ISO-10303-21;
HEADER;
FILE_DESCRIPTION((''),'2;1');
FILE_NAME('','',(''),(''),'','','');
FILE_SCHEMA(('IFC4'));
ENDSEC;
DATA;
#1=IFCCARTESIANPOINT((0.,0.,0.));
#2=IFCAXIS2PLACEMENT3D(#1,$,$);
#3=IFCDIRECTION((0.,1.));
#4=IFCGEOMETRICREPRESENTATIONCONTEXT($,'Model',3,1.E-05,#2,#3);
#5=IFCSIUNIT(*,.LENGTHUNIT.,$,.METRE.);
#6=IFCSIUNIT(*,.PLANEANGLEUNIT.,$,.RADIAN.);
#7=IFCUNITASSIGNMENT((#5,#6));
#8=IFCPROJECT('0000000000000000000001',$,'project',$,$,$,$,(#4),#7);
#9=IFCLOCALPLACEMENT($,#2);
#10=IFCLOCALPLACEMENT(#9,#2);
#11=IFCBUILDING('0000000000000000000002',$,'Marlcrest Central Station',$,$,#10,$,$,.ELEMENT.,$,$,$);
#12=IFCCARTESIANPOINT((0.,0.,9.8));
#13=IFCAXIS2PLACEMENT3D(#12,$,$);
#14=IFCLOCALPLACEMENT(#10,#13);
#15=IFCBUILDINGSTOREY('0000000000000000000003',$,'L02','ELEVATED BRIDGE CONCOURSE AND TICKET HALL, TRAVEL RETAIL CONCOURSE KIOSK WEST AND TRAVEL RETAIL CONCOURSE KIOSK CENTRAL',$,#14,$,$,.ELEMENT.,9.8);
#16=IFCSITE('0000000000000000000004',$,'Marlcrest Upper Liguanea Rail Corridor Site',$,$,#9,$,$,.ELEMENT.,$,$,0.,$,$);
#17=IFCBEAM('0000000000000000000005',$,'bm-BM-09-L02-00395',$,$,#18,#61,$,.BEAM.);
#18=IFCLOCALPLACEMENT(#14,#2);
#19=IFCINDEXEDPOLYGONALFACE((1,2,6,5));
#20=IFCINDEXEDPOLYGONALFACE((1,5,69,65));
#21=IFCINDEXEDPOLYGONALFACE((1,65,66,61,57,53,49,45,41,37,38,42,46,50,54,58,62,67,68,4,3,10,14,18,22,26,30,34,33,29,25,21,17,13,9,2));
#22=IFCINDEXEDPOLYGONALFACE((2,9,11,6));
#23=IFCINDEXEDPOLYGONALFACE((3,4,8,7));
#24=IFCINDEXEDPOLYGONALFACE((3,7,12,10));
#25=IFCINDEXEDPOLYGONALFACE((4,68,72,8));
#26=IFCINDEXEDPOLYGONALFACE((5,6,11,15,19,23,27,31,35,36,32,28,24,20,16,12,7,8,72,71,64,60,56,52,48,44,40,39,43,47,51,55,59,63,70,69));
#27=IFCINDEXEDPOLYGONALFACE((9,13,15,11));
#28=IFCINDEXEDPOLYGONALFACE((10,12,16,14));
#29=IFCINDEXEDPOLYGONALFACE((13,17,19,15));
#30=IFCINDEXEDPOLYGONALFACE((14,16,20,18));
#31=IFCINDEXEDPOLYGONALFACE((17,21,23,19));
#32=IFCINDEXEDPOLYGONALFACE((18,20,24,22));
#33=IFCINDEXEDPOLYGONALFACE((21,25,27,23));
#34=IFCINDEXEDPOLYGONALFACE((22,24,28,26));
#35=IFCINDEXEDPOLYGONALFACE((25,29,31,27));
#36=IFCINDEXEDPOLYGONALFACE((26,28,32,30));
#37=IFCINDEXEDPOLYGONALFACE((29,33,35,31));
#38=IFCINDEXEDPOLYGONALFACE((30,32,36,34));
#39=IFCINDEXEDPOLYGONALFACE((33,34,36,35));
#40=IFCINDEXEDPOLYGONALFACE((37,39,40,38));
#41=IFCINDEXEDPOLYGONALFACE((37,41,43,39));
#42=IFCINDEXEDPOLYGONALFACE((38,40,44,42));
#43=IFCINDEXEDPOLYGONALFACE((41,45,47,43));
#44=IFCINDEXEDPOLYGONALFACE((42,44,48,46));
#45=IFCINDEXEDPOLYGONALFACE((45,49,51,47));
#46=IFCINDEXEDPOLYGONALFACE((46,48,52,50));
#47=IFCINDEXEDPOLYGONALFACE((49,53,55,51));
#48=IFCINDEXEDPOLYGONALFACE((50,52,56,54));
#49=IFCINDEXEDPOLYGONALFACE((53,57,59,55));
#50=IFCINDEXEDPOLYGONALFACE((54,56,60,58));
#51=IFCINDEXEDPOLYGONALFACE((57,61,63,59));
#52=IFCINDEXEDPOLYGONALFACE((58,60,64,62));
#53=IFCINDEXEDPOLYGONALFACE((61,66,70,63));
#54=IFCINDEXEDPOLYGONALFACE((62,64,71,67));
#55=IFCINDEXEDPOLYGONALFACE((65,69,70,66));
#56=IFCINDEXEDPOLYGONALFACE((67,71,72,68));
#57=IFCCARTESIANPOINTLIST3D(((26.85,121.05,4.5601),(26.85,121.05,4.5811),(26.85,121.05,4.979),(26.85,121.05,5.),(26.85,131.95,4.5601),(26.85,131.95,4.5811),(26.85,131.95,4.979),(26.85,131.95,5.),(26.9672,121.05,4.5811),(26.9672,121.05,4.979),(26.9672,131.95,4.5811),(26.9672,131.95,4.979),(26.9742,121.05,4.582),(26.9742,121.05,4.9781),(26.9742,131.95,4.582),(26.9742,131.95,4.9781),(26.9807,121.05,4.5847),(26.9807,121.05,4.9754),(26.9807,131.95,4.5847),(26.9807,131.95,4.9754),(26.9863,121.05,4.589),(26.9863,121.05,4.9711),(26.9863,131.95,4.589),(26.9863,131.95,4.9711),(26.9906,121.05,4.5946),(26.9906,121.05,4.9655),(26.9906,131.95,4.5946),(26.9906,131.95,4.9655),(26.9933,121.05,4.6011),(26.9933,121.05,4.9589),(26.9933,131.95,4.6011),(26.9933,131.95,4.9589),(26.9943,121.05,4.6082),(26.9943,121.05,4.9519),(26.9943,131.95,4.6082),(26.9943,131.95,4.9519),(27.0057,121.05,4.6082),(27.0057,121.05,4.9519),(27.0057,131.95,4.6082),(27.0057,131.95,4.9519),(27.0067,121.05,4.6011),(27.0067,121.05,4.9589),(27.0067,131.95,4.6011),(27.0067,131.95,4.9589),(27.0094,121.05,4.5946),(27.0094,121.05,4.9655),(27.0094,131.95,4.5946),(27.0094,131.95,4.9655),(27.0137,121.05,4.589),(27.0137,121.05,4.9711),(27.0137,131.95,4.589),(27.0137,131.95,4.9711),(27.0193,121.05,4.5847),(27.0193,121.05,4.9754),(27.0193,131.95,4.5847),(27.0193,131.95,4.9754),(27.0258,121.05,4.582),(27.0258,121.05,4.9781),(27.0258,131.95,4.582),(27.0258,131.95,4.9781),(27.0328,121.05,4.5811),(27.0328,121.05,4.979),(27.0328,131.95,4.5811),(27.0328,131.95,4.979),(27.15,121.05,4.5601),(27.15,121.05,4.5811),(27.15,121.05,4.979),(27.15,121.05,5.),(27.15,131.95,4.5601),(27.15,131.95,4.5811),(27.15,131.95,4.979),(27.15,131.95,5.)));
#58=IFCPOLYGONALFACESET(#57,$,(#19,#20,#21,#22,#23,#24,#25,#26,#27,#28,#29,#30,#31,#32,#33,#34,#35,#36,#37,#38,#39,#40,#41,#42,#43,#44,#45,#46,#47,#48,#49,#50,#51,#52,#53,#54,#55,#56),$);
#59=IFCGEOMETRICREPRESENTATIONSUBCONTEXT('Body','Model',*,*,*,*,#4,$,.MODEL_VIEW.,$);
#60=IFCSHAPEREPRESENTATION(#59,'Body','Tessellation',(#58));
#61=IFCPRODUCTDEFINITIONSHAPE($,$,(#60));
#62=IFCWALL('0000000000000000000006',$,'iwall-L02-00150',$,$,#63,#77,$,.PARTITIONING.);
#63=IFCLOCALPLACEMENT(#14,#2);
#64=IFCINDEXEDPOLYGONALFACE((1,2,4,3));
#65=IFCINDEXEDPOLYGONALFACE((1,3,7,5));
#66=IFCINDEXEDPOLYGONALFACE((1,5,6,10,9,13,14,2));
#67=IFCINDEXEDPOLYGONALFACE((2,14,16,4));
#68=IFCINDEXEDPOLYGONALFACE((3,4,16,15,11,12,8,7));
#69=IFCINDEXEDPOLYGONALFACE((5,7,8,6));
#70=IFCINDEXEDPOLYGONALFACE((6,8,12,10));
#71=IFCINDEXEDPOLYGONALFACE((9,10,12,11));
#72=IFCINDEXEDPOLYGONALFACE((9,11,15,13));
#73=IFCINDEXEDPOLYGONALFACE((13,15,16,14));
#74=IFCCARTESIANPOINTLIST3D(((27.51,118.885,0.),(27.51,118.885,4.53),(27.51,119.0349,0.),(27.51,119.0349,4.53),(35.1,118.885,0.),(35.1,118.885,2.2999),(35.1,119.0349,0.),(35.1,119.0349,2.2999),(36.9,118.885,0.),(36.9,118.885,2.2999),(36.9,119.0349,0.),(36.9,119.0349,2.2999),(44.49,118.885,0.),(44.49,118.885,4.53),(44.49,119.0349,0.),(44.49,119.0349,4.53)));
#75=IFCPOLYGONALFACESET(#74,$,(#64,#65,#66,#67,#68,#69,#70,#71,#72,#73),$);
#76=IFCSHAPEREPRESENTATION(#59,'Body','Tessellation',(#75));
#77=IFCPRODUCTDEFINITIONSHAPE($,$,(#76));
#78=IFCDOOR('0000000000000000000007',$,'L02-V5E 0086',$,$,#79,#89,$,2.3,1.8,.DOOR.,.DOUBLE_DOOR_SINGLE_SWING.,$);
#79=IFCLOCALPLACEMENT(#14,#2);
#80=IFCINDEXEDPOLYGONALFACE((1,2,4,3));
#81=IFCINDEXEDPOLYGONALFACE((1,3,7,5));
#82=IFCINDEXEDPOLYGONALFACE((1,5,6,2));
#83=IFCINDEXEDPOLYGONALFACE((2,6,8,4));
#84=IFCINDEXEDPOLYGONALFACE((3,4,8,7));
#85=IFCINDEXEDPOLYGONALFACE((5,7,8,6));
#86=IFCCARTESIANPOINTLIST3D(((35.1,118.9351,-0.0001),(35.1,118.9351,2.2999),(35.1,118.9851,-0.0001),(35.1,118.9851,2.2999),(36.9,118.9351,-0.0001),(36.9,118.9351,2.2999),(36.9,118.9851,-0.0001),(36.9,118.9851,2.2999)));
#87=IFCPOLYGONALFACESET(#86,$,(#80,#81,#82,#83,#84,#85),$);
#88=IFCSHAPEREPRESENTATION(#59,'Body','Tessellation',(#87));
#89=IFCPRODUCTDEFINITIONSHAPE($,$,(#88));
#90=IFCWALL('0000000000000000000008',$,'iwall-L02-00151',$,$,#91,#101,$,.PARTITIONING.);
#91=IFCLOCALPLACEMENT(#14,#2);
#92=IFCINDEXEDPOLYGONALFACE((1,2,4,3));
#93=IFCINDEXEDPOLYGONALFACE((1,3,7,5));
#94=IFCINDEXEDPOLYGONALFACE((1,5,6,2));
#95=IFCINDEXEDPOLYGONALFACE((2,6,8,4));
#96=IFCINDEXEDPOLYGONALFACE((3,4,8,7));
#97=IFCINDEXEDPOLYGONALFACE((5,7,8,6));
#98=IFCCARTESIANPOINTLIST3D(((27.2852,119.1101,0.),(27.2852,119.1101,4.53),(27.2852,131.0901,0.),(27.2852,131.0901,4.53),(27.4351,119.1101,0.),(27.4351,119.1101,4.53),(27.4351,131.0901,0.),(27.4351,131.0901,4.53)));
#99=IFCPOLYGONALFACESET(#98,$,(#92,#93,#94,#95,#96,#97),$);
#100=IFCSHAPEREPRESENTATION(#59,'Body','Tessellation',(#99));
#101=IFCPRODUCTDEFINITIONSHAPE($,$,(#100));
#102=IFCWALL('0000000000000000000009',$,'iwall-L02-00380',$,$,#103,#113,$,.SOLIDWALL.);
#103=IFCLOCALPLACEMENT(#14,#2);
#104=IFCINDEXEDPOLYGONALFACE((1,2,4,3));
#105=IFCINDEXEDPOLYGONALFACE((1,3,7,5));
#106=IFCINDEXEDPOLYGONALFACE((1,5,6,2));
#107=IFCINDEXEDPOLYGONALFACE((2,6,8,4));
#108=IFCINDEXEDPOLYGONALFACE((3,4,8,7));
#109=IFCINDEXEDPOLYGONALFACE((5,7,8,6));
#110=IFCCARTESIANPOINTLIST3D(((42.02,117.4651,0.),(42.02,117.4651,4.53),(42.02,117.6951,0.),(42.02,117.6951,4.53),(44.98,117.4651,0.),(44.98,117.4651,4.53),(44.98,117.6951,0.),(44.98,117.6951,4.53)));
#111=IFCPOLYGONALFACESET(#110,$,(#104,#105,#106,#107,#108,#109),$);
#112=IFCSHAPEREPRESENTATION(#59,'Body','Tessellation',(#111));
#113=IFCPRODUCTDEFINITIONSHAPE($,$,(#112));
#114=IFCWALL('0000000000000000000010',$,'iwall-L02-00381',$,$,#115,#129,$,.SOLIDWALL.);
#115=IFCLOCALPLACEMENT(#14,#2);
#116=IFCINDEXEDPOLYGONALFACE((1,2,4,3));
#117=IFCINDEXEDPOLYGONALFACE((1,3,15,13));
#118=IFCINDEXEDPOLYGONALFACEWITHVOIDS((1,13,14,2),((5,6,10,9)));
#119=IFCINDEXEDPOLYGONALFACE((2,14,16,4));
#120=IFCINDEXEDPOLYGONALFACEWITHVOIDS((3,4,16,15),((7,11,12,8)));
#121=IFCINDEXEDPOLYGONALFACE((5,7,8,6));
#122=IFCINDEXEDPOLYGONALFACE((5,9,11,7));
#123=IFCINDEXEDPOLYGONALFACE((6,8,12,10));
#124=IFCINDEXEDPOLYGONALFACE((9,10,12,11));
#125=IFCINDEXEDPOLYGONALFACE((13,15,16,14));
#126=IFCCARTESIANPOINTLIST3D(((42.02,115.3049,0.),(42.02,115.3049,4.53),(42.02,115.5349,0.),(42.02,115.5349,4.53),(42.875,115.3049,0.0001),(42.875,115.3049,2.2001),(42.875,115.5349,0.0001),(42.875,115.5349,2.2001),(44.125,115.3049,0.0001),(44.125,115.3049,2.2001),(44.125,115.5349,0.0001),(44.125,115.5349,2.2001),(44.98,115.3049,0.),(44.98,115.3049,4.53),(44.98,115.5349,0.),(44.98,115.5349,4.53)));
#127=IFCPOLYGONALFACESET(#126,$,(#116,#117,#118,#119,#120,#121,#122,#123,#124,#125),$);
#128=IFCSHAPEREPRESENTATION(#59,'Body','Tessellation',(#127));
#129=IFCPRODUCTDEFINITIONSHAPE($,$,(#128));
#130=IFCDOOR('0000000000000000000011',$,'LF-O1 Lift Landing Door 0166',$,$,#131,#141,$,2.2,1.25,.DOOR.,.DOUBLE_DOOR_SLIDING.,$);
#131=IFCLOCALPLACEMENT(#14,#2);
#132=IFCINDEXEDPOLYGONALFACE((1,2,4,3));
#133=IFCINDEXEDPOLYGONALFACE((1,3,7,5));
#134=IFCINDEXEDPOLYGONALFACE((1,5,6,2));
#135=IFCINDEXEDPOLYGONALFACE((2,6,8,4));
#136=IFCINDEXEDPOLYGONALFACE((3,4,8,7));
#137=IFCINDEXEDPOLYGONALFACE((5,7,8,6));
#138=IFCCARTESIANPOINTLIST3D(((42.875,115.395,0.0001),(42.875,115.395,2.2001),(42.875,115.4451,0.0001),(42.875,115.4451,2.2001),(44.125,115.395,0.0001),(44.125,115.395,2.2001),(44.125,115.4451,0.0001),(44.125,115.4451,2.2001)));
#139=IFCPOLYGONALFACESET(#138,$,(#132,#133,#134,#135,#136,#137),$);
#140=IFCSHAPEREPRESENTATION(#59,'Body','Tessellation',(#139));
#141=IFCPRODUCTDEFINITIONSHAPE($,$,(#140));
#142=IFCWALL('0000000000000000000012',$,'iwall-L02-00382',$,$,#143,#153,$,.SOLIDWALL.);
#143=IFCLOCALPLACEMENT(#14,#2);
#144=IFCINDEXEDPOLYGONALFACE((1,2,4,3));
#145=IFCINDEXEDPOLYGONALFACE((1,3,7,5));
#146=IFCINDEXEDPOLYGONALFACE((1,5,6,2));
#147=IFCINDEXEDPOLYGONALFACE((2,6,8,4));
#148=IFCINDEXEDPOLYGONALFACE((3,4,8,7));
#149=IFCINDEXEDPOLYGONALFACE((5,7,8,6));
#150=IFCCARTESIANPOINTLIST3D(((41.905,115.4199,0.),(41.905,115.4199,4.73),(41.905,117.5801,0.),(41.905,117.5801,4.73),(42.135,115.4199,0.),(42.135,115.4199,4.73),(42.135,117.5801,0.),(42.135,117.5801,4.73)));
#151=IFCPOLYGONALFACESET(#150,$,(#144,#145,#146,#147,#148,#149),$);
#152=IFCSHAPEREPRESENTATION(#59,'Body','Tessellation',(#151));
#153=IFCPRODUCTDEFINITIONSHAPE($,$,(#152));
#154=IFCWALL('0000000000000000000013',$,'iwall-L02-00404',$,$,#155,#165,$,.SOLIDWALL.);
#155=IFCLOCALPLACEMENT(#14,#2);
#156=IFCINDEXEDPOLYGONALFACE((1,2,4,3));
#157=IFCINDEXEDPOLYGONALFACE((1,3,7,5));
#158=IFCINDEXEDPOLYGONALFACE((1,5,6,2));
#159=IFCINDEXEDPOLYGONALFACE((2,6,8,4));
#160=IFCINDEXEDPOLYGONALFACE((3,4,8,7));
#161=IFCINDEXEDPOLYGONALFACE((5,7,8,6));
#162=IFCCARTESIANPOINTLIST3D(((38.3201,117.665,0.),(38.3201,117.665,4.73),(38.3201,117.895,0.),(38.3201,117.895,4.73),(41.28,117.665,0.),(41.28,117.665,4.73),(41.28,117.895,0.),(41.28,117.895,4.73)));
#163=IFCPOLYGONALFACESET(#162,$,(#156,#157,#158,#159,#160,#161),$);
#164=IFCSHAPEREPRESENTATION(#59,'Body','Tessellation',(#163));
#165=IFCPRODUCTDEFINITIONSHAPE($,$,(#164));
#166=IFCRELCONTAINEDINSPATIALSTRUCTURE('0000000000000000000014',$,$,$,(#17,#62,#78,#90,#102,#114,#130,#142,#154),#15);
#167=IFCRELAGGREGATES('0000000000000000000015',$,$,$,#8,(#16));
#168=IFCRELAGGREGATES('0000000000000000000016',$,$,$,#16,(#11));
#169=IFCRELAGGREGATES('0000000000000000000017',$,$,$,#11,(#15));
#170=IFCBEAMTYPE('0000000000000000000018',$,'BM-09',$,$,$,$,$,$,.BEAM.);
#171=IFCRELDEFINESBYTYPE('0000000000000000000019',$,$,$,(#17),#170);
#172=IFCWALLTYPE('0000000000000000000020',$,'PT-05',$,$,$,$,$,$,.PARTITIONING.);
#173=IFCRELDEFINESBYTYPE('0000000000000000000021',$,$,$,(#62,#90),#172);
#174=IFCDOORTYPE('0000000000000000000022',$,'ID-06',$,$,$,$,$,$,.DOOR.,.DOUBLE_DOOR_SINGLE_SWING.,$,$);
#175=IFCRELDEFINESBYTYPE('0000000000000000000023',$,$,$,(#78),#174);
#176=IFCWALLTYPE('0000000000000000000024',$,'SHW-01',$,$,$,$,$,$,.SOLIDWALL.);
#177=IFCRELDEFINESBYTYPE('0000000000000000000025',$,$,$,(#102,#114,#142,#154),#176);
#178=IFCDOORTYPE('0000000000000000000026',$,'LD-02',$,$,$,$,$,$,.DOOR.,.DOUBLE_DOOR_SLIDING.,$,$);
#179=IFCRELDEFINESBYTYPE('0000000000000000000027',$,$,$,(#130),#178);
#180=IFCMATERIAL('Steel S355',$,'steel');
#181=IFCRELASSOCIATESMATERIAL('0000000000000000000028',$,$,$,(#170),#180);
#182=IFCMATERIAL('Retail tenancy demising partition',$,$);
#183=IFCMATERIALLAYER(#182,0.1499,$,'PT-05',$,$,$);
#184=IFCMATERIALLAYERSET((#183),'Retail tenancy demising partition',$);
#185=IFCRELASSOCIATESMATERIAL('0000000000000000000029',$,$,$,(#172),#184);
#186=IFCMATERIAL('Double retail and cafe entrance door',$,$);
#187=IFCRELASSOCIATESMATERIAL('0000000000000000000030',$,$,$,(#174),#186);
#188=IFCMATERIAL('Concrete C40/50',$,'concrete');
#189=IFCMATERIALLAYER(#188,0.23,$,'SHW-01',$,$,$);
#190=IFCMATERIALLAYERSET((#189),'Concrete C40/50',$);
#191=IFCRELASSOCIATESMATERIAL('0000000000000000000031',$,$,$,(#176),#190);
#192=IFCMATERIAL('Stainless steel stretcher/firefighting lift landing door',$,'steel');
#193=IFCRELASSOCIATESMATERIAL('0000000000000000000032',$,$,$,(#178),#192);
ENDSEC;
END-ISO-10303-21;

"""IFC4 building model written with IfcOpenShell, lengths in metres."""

from ifc_helpers import new_model, si_unit, direction, frame, frame_2d, origin, origin_2d, place, context, subcontext, project, spatial, rectangle, i_section, extrude, material, layer, layer_set, material_profile, profile_set, type_object, element, fill, save


model = new_model("IFC4")

# Units and contexts
model_context = context("Model", 3, precision=1e-05, world=origin(), true_north=direction((0.0, 1.0)))
body_context = subcontext(model_context, "Body", "Model", "MODEL_VIEW")
ifc_project = project(units=[si_unit("LENGTHUNIT", "METRE"), si_unit("PLANEANGLEUNIT", "RADIAN")], contexts=[model_context])

# Site, building, storey
site_placement = place(None, origin())
site = spatial("IfcSite", under=ifc_project, at=site_placement, Name="Marlcrest Upper Liguanea Rail Corridor Site", CompositionType="ELEMENT", RefElevation=0.0)
building_placement = place(site_placement, origin())
building = spatial("IfcBuilding", under=site, at=building_placement, Name="Marlcrest Central Station", CompositionType="ELEMENT")
storey_placement = place(building_placement, frame((0.0, 0.0, 9.8)))
storey = spatial("IfcBuildingStorey", under=building, at=storey_placement, Name="L02", Description="ELEVATED BRIDGE CONCOURSE AND TICKET HALL, TRAVEL RETAIL CONCOURSE KIOSK WEST AND TRAVEL RETAIL CONCOURSE KIOSK CENTRAL", CompositionType="ELEMENT", Elevation=9.8)

# Shared definitions
ifc_material_1 = material(Name="Steel S355", Category="steel")

# Beam
ifc_material_profile_1 = material_profile(ifc_material_1, i_section(OverallWidth=0.3, OverallDepth=0.4399, WebThickness=0.0115, FlangeThickness=0.021, FilletRadius=0.0271, at=origin_2d()), Name="HEA 450")
ifc_profile_set_1 = profile_set([ifc_material_profile_1], Name="Steel S355")
beam_type = type_object("IfcBeamType", Name="BM-09", PredefinedType="BEAM", material=ifc_profile_set_1)
beam_placement = place(storey_placement, frame((27.0, 121.05, 4.78), z_axis=(0.0, 1.0, 0.0), x_axis=(-1.0, 0.0, 0.0)))
element("IfcBeam", 1, at=beam_placement, inside=storey, type_object=beam_type, Name="bm-BM-09-L02-00395", PredefinedType="BEAM", context=body_context, shape_type="SweptSolid", body=[
    extrude(i_section(OverallWidth=0.3, OverallDepth=0.4399, WebThickness=0.0115, FlangeThickness=0.021, FilletRadius=0.0271, at=origin_2d()), origin(), (0.0, 0.0, 1.0), 10.8999),
])

# Wall, opening, door
ifc_material_2 = material(Name="Retail tenancy demising partition")
ifc_layer_1 = layer(ifc_material_2, 0.1499, Name="PT-05")
ifc_layer_set_1 = layer_set([ifc_layer_1], Name="Retail tenancy demising partition")
wall_type_1 = type_object("IfcWallType", Name="PT-05", PredefinedType="PARTITIONING", material=ifc_layer_set_1)
wall_1_placement = place(storey_placement, frame((44.49, 118.96, 0.0), z_axis=(0.0, 0.0, 1.0), x_axis=(-1.0, 0.0, 0.0)))
wall_1 = element("IfcWall", 2, at=wall_1_placement, inside=storey, type_object=wall_type_1, Name="iwall-L02-00150", PredefinedType="PARTITIONING", context=body_context, shape_type="SweptSolid", body=[
    extrude(rectangle(XDim=16.98, YDim=0.1499, at=frame_2d((8.49, 0.0))), origin(), (0.0, 0.0, 1.0), 4.53),
])
opening_1_placement = place(wall_1_placement, frame((7.5901, 0.0, 0.0)))
opening_1 = element("IfcOpeningElement", 3, at=opening_1_placement, cuts=wall_1, PredefinedType="OPENING", context=body_context, shape_type="SweptSolid", body=[
    extrude(rectangle(XDim=1.8, YDim=2.3, at=frame_2d((0.8999, 1.1499))), frame((0.0, 0.085, 0.0), z_axis=(0.0, -1.0, 0.0), x_axis=(1.0, 0.0, 0.0)), (0.0, 0.0, 1.0), 0.1699),
])
ifc_material_3 = material(Name="Double retail and cafe entrance door")
door_type_1 = type_object("IfcDoorType", Name="ID-06", OperationType="DOUBLE_DOOR_SINGLE_SWING", PredefinedType="DOOR", material=ifc_material_3)
door_1_placement = place(opening_1_placement, origin())
door_1 = element("IfcDoor", 4, at=door_1_placement, inside=storey, type_object=door_type_1, Name="L02-V5E 0086", OperationType="DOUBLE_DOOR_SINGLE_SWING", OverallHeight=2.3, OverallWidth=1.8, PredefinedType="DOOR", context=body_context, shape_type="SweptSolid", body=[
    extrude(rectangle(XDim=1.8, YDim=2.3, at=frame_2d((0.8999, 1.1499))), frame((0.0, 0.0249, 0.0), z_axis=(0.0, -1.0, 0.0), x_axis=(1.0, 0.0, 0.0)), (0.0, 0.0, 1.0), 0.05),
])
fill(opening_1, door_1)

# Walls
wall_2_placement = place(storey_placement, frame((27.3601, 119.1101, 0.0), z_axis=(0.0, 0.0, 1.0), x_axis=(0.0, 1.0, 0.0)))
element("IfcWall", 5, at=wall_2_placement, inside=storey, type_object=wall_type_1, Name="iwall-L02-00151", PredefinedType="PARTITIONING", context=body_context, shape_type="SweptSolid", body=[
    extrude(rectangle(XDim=11.98, YDim=0.1499, at=frame_2d((5.99, 0.0))), origin(), (0.0, 0.0, 1.0), 4.53),
])
ifc_material_4 = material(Name="Concrete C40/50", Category="concrete")
ifc_layer_2 = layer(ifc_material_4, 0.23, Name="SHW-01")
ifc_layer_set_2 = layer_set([ifc_layer_2], Name="Concrete C40/50")
wall_type_2 = type_object("IfcWallType", Name="SHW-01", PredefinedType="SOLIDWALL", material=ifc_layer_set_2)
wall_3_placement = place(storey_placement, frame((42.02, 117.5801, 0.0), z_axis=(0.0, 0.0, 1.0), x_axis=(1.0, 0.0, 0.0)))
element("IfcWall", 6, at=wall_3_placement, inside=storey, type_object=wall_type_2, Name="iwall-L02-00380", PredefinedType="SOLIDWALL", context=body_context, shape_type="SweptSolid", body=[
    extrude(rectangle(XDim=2.96, YDim=0.23, at=frame_2d((1.48, 0.0))), origin(), (0.0, 0.0, 1.0), 4.53),
])

# Wall, opening, door
wall_4_placement = place(storey_placement, frame((44.98, 115.4199, 0.0), z_axis=(0.0, 0.0, 1.0), x_axis=(-1.0, 0.0, 0.0)))
wall_4 = element("IfcWall", 7, at=wall_4_placement, inside=storey, type_object=wall_type_2, Name="iwall-L02-00381", PredefinedType="SOLIDWALL", context=body_context, shape_type="SweptSolid", body=[
    extrude(rectangle(XDim=2.96, YDim=0.23, at=frame_2d((1.48, 0.0))), origin(), (0.0, 0.0, 1.0), 4.53),
])
opening_2_placement = place(wall_4_placement, frame((0.855, 0.0, 0.0)))
opening_2 = element("IfcOpeningElement", 8, at=opening_2_placement, cuts=wall_4, PredefinedType="OPENING", context=body_context, shape_type="SweptSolid", body=[
    extrude(rectangle(XDim=1.25, YDim=2.2, at=frame_2d((0.625, 1.1001))), frame((0.0, 0.125, 0.0), z_axis=(0.0, -1.0, 0.0), x_axis=(1.0, 0.0, 0.0)), (0.0, 0.0, 1.0), 0.25),
])
ifc_material_5 = material(Name="Stainless steel stretcher/firefighting lift landing door", Category="steel")
door_type_2 = type_object("IfcDoorType", Name="LD-02", OperationType="DOUBLE_DOOR_SLIDING", PredefinedType="DOOR", material=ifc_material_5)
door_2_placement = place(opening_2_placement, origin())
door_2 = element("IfcDoor", 9, at=door_2_placement, inside=storey, type_object=door_type_2, Name="LF-O1 Lift Landing Door 0166", OperationType="DOUBLE_DOOR_SLIDING", OverallHeight=2.2, OverallWidth=1.25, PredefinedType="DOOR", context=body_context, shape_type="SweptSolid", body=[
    extrude(rectangle(XDim=1.25, YDim=2.2, at=frame_2d((0.625, 1.1001))), frame((0.0, 0.0249, 0.0), z_axis=(0.0, -1.0, 0.0), x_axis=(1.0, 0.0, 0.0)), (0.0, 0.0, 1.0), 0.05),
])
fill(opening_2, door_2)

# Walls
wall_5_placement = place(storey_placement, frame((42.02, 115.4199, 0.0), z_axis=(0.0, 0.0, 1.0), x_axis=(0.0, 1.0, 0.0)))
element("IfcWall", 10, at=wall_5_placement, inside=storey, type_object=wall_type_2, Name="iwall-L02-00382", PredefinedType="SOLIDWALL", context=body_context, shape_type="SweptSolid", body=[
    extrude(rectangle(XDim=2.1602, YDim=0.23, at=frame_2d((1.0801, 0.0))), origin(), (0.0, 0.0, 1.0), 4.73),
])
wall_6_placement = place(storey_placement, frame((38.3201, 117.78, 0.0), z_axis=(0.0, 0.0, 1.0), x_axis=(1.0, 0.0, 0.0)))
element("IfcWall", 11, at=wall_6_placement, inside=storey, type_object=wall_type_2, Name="iwall-L02-00404", PredefinedType="SOLIDWALL", context=body_context, shape_type="SweptSolid", body=[
    extrude(rectangle(XDim=2.96, YDim=0.23, at=frame_2d((1.48, 0.0))), origin(), (0.0, 0.0, 1.0), 4.73),
])

save(model, "model.ifc")
